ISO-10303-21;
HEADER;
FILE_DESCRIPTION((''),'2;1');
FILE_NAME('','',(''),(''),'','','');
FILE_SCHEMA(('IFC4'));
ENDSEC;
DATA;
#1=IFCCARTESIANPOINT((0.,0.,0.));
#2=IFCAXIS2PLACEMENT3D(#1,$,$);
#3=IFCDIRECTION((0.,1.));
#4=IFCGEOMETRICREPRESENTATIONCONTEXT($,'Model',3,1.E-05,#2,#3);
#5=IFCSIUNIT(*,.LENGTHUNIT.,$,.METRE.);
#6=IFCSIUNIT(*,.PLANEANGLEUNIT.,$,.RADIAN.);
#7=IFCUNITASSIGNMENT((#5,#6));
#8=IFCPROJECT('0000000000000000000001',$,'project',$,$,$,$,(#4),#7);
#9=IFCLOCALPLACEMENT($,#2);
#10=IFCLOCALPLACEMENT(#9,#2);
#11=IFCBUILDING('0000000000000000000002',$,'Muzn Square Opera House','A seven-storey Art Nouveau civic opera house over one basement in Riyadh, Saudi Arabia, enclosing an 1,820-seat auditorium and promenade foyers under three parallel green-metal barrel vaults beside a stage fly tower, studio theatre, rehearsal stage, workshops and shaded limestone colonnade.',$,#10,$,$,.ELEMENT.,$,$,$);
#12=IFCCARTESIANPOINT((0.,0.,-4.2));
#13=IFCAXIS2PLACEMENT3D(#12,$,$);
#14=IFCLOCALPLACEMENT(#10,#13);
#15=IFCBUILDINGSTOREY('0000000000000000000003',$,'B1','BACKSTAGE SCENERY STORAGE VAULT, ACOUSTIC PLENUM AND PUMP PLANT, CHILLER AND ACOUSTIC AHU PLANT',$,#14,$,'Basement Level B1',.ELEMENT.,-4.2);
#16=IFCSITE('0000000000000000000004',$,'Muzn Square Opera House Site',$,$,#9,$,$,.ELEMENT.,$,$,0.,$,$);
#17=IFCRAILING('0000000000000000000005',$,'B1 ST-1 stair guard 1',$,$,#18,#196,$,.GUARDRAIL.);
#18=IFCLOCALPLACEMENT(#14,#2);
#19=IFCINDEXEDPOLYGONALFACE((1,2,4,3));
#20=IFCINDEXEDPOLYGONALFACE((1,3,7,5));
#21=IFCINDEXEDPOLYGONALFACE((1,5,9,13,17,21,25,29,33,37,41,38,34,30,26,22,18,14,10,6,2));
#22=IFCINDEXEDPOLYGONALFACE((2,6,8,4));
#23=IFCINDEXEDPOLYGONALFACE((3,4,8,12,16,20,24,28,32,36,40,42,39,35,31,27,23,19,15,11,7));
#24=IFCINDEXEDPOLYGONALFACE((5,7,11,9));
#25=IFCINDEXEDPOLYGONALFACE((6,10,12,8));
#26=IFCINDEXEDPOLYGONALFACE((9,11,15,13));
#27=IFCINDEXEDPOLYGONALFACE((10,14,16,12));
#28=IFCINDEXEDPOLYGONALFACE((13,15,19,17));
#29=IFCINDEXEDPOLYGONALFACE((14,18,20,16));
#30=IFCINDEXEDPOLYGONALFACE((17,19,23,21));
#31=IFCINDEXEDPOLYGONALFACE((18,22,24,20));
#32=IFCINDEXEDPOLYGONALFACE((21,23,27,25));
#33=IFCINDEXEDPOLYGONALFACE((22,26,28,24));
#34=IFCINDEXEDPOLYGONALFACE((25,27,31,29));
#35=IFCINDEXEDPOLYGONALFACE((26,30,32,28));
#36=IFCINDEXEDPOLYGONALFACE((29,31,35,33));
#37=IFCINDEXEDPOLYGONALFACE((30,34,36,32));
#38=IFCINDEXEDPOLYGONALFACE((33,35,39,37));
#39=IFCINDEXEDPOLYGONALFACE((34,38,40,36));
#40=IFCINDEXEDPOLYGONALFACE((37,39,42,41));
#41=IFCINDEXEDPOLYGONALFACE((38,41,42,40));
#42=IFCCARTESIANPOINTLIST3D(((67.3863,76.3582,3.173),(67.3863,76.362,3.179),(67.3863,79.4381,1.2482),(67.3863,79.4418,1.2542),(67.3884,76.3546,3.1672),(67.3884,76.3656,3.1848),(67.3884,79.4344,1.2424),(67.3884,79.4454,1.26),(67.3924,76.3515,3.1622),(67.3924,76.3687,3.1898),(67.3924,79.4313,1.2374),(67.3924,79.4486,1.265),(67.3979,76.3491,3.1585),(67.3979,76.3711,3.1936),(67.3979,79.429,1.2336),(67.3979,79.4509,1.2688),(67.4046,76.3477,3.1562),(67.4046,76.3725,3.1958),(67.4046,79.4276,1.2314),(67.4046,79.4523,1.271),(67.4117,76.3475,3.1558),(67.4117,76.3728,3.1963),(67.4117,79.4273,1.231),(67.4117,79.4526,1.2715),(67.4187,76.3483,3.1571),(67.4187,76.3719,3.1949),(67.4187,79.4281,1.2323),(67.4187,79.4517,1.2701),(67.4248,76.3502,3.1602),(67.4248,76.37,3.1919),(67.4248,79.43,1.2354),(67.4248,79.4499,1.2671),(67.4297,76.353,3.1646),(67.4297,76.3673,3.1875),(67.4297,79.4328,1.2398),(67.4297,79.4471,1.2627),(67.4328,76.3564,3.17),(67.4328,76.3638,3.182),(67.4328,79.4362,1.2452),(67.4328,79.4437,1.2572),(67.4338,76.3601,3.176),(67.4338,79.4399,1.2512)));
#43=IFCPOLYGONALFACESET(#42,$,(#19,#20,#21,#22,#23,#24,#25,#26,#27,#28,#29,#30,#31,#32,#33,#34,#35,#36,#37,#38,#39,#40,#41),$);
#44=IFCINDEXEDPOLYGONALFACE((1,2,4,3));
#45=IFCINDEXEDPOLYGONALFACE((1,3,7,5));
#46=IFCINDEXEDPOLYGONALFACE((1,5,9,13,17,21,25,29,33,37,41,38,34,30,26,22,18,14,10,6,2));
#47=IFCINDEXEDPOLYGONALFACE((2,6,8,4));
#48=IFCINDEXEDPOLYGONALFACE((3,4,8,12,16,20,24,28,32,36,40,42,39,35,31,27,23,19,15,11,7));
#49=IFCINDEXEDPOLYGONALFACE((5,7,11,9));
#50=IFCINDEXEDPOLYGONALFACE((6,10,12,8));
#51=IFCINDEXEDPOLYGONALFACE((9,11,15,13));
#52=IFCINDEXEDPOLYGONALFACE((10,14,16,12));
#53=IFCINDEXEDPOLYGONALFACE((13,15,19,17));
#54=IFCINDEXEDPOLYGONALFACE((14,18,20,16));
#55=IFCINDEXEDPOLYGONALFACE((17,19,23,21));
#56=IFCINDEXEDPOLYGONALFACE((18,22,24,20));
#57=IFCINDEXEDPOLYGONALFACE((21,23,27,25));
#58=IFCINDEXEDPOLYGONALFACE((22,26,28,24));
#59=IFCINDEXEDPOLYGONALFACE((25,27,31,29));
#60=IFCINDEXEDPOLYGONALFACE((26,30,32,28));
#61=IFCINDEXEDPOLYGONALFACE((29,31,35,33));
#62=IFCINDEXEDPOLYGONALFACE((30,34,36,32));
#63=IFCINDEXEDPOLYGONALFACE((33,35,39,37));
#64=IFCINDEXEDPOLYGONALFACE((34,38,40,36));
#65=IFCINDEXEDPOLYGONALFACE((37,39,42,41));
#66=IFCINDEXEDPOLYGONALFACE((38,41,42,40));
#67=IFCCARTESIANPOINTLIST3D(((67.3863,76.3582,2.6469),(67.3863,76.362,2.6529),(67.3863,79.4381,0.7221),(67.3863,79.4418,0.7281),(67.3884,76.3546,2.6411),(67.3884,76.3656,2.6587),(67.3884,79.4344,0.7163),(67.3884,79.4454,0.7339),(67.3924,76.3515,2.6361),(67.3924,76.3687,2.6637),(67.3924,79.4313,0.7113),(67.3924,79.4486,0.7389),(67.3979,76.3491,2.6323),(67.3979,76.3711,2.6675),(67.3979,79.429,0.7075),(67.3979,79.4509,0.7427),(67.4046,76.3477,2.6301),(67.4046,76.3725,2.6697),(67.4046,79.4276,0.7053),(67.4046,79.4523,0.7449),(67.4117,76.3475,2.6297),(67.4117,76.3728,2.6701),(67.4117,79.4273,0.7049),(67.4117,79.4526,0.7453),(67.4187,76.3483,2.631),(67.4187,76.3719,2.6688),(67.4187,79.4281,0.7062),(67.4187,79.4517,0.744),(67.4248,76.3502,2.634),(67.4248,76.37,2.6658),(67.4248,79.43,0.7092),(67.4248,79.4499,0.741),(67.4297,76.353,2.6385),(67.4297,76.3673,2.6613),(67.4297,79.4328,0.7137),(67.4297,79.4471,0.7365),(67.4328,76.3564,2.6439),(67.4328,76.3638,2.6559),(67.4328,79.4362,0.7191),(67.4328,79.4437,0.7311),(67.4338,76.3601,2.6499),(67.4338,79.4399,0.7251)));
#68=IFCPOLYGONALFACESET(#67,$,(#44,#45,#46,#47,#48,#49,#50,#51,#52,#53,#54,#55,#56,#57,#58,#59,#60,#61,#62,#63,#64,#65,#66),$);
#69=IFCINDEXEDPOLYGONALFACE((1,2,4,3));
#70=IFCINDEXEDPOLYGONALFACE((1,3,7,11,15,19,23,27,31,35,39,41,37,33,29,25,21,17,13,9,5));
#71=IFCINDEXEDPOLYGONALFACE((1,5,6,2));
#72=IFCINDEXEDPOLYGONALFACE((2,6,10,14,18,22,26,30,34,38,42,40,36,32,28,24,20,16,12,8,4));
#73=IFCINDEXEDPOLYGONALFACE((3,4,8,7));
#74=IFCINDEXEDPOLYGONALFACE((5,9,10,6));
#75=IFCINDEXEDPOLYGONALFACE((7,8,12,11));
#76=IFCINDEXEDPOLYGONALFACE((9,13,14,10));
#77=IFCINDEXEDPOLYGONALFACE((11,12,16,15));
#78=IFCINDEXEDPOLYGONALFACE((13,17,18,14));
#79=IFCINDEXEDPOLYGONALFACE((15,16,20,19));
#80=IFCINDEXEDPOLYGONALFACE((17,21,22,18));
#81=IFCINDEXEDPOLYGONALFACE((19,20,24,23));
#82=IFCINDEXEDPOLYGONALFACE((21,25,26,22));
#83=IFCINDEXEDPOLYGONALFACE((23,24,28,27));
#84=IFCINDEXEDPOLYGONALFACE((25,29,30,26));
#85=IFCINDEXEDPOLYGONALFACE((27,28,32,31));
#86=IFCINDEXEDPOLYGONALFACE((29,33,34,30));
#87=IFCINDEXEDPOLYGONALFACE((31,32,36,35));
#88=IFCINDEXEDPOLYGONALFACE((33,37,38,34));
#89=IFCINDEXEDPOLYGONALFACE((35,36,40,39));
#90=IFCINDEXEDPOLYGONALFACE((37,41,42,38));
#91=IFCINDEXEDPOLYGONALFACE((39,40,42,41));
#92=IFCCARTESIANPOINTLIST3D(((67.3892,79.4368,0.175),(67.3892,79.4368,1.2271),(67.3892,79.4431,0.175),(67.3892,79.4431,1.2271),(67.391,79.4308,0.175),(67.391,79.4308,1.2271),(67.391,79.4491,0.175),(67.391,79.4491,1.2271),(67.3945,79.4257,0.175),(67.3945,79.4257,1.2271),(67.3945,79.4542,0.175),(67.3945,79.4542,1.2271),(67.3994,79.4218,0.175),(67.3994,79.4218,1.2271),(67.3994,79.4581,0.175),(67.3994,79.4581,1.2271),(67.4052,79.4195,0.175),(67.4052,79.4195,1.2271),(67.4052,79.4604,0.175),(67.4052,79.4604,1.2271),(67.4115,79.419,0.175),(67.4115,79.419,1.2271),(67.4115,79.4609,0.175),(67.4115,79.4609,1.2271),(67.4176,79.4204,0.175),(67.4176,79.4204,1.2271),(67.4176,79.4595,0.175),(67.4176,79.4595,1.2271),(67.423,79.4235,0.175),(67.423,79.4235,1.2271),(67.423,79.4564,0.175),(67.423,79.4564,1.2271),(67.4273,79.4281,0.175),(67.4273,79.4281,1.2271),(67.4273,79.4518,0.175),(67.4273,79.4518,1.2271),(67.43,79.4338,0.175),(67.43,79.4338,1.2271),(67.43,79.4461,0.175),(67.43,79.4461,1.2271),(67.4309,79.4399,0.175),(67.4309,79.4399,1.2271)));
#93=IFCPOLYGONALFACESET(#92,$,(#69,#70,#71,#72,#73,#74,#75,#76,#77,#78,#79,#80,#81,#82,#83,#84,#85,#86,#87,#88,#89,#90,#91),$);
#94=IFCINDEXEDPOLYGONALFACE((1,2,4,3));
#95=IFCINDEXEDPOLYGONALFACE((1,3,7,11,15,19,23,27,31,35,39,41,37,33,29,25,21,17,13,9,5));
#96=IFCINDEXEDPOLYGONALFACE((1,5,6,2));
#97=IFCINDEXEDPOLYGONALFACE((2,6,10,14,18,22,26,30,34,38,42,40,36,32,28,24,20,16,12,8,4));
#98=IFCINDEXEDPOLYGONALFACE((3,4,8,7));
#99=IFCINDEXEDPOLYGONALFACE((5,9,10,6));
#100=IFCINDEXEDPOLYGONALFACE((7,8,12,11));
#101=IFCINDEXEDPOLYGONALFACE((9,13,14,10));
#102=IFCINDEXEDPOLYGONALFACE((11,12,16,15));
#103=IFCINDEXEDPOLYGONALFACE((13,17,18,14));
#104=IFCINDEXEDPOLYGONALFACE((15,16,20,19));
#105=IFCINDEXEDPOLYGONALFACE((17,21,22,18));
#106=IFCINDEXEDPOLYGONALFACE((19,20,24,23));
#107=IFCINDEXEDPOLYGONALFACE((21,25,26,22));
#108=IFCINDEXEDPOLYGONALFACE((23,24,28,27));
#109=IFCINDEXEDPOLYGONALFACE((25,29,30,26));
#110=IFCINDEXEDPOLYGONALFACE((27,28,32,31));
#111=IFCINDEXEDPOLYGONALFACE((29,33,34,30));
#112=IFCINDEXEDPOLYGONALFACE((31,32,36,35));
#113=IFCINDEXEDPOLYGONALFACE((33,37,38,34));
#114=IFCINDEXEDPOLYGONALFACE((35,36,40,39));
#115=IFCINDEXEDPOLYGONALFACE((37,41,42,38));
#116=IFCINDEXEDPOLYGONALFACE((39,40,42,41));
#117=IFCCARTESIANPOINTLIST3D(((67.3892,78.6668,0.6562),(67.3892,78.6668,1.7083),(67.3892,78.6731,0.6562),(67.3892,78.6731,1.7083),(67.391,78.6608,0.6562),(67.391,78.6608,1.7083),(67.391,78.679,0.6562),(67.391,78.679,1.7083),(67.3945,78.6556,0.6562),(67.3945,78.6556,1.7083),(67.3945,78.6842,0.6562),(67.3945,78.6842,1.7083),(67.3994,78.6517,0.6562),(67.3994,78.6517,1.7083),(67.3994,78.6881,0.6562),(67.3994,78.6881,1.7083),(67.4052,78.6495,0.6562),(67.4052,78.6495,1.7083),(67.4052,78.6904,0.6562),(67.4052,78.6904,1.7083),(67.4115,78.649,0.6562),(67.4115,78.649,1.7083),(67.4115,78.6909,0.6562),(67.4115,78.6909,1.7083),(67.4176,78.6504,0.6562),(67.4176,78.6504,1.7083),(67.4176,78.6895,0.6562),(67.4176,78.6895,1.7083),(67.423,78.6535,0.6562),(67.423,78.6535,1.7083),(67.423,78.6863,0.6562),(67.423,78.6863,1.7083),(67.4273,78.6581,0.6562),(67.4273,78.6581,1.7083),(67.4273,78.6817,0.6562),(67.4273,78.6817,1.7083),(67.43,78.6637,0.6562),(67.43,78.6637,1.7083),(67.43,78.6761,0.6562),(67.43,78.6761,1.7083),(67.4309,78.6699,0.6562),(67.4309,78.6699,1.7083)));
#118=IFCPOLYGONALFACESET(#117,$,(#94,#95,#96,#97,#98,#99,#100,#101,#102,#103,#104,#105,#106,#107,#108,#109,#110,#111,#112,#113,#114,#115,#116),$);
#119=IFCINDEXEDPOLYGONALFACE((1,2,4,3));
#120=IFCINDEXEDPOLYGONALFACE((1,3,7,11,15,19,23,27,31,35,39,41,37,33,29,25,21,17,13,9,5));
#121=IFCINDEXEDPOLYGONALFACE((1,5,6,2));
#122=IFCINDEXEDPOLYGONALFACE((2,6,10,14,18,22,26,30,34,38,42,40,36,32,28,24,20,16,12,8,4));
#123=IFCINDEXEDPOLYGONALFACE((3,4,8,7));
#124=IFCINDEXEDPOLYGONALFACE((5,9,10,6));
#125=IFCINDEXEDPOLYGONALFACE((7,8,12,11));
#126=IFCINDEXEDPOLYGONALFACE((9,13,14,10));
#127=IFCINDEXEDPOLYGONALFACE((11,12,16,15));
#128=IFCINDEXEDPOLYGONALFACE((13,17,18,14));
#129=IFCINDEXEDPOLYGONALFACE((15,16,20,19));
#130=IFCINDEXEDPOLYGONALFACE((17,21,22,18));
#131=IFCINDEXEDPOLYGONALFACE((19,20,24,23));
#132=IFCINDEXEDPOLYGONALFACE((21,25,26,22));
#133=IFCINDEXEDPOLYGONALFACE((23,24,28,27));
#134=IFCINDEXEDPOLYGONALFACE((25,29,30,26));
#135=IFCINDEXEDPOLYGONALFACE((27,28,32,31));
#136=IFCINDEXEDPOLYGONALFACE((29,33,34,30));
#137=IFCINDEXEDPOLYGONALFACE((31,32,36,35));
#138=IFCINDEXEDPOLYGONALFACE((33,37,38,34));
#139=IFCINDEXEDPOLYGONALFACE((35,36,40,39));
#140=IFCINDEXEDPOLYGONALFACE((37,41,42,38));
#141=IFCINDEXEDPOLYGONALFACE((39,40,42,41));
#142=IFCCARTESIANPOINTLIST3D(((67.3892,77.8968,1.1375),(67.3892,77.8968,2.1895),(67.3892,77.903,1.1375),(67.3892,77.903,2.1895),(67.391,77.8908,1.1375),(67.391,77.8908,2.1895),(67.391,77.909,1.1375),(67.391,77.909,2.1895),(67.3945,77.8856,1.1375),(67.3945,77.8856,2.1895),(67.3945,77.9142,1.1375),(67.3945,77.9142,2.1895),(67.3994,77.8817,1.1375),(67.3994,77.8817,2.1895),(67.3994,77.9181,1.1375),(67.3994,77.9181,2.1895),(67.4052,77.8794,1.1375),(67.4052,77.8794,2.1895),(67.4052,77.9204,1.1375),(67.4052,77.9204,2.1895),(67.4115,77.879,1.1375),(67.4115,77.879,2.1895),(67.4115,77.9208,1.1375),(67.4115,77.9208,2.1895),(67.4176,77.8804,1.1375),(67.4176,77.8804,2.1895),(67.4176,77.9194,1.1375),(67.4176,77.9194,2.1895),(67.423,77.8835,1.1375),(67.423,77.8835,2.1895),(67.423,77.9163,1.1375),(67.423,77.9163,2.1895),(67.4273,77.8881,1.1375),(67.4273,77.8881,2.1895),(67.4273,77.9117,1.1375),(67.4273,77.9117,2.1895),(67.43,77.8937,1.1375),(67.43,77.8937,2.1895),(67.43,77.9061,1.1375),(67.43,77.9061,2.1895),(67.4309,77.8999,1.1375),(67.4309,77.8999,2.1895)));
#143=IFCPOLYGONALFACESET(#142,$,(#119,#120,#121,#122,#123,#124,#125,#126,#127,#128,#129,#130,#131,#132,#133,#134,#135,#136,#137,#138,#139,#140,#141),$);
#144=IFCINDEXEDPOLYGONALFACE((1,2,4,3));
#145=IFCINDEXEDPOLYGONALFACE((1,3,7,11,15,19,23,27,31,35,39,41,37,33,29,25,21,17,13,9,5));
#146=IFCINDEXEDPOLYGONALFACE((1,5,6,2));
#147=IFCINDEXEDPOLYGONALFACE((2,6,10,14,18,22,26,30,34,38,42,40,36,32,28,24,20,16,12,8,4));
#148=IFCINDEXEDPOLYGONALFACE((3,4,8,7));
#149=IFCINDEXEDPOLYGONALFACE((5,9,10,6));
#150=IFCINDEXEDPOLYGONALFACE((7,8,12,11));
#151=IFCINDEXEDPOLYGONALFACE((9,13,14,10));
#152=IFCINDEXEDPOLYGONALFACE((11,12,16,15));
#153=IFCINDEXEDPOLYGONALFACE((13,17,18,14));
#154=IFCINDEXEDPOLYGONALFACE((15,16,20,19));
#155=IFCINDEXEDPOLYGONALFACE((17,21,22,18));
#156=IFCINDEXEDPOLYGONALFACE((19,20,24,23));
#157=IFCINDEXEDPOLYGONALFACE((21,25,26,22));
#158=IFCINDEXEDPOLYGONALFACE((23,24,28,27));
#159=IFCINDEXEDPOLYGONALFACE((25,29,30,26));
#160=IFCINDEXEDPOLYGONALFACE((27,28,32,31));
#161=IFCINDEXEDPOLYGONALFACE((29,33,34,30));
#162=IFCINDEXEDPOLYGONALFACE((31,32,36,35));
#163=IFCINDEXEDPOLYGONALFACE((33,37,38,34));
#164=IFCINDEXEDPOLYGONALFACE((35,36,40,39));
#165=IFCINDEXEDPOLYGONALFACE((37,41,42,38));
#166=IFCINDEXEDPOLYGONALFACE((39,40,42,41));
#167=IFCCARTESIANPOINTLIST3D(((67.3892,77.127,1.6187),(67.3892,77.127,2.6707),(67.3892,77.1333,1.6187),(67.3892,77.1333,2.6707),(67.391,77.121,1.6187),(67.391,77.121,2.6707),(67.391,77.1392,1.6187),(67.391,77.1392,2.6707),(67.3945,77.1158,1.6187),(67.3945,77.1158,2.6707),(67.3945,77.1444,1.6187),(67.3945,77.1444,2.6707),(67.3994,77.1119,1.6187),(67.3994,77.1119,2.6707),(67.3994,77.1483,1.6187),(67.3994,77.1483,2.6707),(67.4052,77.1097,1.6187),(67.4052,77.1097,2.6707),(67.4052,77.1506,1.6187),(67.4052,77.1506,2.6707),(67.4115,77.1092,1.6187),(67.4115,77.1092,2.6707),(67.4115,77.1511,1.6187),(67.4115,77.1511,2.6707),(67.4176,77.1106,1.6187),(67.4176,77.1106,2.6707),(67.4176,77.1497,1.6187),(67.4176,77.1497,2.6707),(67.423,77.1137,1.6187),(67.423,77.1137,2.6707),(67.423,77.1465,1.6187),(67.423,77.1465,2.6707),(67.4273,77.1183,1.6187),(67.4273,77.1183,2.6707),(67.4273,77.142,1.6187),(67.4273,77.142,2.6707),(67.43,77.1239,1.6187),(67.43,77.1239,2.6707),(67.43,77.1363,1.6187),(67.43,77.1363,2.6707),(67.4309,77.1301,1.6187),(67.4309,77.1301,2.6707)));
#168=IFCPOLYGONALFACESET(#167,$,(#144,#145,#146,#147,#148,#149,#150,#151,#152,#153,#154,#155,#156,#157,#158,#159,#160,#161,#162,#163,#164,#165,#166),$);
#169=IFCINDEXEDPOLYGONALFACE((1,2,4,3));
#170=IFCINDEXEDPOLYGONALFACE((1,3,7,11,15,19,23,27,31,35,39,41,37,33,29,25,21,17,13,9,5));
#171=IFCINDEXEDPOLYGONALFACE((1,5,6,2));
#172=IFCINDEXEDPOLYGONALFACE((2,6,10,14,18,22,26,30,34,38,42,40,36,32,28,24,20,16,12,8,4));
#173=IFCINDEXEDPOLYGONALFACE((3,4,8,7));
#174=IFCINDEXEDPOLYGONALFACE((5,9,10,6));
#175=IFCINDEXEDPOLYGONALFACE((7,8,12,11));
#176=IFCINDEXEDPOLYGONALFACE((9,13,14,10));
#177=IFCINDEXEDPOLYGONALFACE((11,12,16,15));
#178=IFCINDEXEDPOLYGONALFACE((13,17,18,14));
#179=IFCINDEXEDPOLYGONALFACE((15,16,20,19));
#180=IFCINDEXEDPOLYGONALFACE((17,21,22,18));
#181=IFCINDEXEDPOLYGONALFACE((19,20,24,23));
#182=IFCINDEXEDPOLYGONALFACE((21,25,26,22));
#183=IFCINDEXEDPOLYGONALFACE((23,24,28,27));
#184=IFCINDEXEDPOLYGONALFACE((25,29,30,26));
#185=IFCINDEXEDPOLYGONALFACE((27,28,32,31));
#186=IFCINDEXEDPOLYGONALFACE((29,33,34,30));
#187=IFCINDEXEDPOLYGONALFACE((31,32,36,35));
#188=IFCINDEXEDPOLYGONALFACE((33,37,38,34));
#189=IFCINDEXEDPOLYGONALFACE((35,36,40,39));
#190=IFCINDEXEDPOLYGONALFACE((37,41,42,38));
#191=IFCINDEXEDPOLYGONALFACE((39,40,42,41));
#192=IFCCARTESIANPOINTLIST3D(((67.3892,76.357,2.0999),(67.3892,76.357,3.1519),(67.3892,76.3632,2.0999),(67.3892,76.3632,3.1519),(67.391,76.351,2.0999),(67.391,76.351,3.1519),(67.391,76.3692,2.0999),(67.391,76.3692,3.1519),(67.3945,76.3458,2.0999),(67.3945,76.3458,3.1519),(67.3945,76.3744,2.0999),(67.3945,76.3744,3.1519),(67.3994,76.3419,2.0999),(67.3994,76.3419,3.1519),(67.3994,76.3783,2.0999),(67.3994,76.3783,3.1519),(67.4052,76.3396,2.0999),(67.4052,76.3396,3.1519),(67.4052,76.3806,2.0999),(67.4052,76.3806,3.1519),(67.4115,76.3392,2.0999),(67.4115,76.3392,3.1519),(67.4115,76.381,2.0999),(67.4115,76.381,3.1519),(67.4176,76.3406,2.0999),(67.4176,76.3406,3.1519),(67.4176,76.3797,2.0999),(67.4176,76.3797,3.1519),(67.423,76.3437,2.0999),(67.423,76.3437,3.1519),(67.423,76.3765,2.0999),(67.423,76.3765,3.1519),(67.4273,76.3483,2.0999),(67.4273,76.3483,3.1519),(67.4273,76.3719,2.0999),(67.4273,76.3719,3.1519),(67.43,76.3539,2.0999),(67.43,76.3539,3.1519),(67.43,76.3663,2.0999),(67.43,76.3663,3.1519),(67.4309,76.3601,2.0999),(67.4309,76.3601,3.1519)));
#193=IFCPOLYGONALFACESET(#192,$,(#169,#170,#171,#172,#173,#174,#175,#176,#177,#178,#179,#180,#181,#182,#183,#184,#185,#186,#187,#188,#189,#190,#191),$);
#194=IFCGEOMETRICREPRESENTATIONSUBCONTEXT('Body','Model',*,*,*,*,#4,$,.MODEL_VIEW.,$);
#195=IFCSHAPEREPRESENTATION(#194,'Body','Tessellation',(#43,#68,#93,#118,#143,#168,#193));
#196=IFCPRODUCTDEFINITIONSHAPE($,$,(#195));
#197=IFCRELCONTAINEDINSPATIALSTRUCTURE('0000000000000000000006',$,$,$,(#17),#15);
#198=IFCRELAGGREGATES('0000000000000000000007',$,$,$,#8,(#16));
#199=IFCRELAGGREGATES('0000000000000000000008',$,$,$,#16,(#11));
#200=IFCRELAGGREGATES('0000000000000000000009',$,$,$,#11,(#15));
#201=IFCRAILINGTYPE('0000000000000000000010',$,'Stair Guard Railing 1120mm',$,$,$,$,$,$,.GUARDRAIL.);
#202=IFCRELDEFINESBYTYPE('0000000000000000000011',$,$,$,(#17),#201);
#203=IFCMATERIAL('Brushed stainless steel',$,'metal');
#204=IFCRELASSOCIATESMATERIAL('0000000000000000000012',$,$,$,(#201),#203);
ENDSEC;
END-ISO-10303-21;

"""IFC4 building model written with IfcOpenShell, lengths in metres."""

from ifc_helpers import new_model, si_unit, direction, frame, origin, origin_2d, place, context, subcontext, project, spatial, circle, extrude, material, type_object, element, save


model = new_model("IFC4")

# Units and contexts
model_context = context("Model", 3, precision=1e-05, world=origin(), true_north=direction((0.0, 1.0)))
body_context = subcontext(model_context, "Body", "Model", "MODEL_VIEW")
ifc_project = project(units=[si_unit("LENGTHUNIT", "METRE"), si_unit("PLANEANGLEUNIT", "RADIAN")], contexts=[model_context])

# Site, building, storey
site_placement = place(None, origin())
site = spatial("IfcSite", under=ifc_project, at=site_placement, Name="Muzn Square Opera House Site", CompositionType="ELEMENT", RefElevation=0.0)
building_placement = place(site_placement, origin())
building = spatial("IfcBuilding", under=site, at=building_placement, Name="Muzn Square Opera House", Description="A seven-storey Art Nouveau civic opera house over one basement in Riyadh, Saudi Arabia, enclosing an 1,820-seat auditorium and promenade foyers under three parallel green-metal barrel vaults beside a stage fly tower, studio theatre, rehearsal stage, workshops and shaded limestone colonnade.", CompositionType="ELEMENT")
storey_placement = place(building_placement, frame((0.0, 0.0, -4.2)))
storey = spatial("IfcBuildingStorey", under=building, at=storey_placement, Name="B1", Description="BACKSTAGE SCENERY STORAGE VAULT, ACOUSTIC PLENUM AND PUMP PLANT, CHILLER AND ACOUSTIC AHU PLANT", LongName="Basement Level B1", CompositionType="ELEMENT", Elevation=-4.2)

# Shared definitions
ifc_material_1 = material(Name="Brushed stainless steel", Category="metal")

# Railing
railing_type_1 = type_object("IfcRailingType", Name="Stair Guard Railing 1120mm", PredefinedType="GUARDRAIL", material=ifc_material_1)
railing_1_placement = place(storey_placement, frame((67.4099, 79.4399, 0.175)))
element("IfcRailing", 1, at=railing_1_placement, inside=storey, type_object=railing_type_1, Name="B1 ST-1 stair guard 1", PredefinedType="GUARDRAIL", context=body_context, shape_type="SweptSolid", body=[
    extrude(circle(Radius=0.0239, at=origin_2d()), frame((0.0, 0.0, 1.0762), z_axis=(0.0, -0.84801, 0.529981), x_axis=(1.0, 0.0, 0.0)), (0.0, 0.0, 1.0), 3.6318),
    extrude(circle(Radius=0.0239, at=origin_2d()), frame((0.0, 0.0, 0.55), z_axis=(0.0, -0.84801, 0.529981), x_axis=(1.0, 0.0, 0.0)), (0.0, 0.0, 1.0), 3.6318),
    extrude(circle(Radius=0.021, at=origin_2d()), origin(), (0.0, 0.0, 1.0), 1.052),
    extrude(circle(Radius=0.021, at=origin_2d()), frame((0.0, -0.77, 0.4812)), (0.0, 0.0, 1.0), 1.052),
    extrude(circle(Radius=0.021, at=origin_2d()), frame((0.0, -1.54, 0.9624)), (0.0, 0.0, 1.0), 1.052),
    extrude(circle(Radius=0.021, at=origin_2d()), frame((0.0, -2.3098, 1.4436)), (0.0, 0.0, 1.0), 1.052),
    extrude(circle(Radius=0.021, at=origin_2d()), frame((0.0, -3.0798, 1.9248)), (0.0, 0.0, 1.0), 1.052),
])

save(model, "model.ifc")
